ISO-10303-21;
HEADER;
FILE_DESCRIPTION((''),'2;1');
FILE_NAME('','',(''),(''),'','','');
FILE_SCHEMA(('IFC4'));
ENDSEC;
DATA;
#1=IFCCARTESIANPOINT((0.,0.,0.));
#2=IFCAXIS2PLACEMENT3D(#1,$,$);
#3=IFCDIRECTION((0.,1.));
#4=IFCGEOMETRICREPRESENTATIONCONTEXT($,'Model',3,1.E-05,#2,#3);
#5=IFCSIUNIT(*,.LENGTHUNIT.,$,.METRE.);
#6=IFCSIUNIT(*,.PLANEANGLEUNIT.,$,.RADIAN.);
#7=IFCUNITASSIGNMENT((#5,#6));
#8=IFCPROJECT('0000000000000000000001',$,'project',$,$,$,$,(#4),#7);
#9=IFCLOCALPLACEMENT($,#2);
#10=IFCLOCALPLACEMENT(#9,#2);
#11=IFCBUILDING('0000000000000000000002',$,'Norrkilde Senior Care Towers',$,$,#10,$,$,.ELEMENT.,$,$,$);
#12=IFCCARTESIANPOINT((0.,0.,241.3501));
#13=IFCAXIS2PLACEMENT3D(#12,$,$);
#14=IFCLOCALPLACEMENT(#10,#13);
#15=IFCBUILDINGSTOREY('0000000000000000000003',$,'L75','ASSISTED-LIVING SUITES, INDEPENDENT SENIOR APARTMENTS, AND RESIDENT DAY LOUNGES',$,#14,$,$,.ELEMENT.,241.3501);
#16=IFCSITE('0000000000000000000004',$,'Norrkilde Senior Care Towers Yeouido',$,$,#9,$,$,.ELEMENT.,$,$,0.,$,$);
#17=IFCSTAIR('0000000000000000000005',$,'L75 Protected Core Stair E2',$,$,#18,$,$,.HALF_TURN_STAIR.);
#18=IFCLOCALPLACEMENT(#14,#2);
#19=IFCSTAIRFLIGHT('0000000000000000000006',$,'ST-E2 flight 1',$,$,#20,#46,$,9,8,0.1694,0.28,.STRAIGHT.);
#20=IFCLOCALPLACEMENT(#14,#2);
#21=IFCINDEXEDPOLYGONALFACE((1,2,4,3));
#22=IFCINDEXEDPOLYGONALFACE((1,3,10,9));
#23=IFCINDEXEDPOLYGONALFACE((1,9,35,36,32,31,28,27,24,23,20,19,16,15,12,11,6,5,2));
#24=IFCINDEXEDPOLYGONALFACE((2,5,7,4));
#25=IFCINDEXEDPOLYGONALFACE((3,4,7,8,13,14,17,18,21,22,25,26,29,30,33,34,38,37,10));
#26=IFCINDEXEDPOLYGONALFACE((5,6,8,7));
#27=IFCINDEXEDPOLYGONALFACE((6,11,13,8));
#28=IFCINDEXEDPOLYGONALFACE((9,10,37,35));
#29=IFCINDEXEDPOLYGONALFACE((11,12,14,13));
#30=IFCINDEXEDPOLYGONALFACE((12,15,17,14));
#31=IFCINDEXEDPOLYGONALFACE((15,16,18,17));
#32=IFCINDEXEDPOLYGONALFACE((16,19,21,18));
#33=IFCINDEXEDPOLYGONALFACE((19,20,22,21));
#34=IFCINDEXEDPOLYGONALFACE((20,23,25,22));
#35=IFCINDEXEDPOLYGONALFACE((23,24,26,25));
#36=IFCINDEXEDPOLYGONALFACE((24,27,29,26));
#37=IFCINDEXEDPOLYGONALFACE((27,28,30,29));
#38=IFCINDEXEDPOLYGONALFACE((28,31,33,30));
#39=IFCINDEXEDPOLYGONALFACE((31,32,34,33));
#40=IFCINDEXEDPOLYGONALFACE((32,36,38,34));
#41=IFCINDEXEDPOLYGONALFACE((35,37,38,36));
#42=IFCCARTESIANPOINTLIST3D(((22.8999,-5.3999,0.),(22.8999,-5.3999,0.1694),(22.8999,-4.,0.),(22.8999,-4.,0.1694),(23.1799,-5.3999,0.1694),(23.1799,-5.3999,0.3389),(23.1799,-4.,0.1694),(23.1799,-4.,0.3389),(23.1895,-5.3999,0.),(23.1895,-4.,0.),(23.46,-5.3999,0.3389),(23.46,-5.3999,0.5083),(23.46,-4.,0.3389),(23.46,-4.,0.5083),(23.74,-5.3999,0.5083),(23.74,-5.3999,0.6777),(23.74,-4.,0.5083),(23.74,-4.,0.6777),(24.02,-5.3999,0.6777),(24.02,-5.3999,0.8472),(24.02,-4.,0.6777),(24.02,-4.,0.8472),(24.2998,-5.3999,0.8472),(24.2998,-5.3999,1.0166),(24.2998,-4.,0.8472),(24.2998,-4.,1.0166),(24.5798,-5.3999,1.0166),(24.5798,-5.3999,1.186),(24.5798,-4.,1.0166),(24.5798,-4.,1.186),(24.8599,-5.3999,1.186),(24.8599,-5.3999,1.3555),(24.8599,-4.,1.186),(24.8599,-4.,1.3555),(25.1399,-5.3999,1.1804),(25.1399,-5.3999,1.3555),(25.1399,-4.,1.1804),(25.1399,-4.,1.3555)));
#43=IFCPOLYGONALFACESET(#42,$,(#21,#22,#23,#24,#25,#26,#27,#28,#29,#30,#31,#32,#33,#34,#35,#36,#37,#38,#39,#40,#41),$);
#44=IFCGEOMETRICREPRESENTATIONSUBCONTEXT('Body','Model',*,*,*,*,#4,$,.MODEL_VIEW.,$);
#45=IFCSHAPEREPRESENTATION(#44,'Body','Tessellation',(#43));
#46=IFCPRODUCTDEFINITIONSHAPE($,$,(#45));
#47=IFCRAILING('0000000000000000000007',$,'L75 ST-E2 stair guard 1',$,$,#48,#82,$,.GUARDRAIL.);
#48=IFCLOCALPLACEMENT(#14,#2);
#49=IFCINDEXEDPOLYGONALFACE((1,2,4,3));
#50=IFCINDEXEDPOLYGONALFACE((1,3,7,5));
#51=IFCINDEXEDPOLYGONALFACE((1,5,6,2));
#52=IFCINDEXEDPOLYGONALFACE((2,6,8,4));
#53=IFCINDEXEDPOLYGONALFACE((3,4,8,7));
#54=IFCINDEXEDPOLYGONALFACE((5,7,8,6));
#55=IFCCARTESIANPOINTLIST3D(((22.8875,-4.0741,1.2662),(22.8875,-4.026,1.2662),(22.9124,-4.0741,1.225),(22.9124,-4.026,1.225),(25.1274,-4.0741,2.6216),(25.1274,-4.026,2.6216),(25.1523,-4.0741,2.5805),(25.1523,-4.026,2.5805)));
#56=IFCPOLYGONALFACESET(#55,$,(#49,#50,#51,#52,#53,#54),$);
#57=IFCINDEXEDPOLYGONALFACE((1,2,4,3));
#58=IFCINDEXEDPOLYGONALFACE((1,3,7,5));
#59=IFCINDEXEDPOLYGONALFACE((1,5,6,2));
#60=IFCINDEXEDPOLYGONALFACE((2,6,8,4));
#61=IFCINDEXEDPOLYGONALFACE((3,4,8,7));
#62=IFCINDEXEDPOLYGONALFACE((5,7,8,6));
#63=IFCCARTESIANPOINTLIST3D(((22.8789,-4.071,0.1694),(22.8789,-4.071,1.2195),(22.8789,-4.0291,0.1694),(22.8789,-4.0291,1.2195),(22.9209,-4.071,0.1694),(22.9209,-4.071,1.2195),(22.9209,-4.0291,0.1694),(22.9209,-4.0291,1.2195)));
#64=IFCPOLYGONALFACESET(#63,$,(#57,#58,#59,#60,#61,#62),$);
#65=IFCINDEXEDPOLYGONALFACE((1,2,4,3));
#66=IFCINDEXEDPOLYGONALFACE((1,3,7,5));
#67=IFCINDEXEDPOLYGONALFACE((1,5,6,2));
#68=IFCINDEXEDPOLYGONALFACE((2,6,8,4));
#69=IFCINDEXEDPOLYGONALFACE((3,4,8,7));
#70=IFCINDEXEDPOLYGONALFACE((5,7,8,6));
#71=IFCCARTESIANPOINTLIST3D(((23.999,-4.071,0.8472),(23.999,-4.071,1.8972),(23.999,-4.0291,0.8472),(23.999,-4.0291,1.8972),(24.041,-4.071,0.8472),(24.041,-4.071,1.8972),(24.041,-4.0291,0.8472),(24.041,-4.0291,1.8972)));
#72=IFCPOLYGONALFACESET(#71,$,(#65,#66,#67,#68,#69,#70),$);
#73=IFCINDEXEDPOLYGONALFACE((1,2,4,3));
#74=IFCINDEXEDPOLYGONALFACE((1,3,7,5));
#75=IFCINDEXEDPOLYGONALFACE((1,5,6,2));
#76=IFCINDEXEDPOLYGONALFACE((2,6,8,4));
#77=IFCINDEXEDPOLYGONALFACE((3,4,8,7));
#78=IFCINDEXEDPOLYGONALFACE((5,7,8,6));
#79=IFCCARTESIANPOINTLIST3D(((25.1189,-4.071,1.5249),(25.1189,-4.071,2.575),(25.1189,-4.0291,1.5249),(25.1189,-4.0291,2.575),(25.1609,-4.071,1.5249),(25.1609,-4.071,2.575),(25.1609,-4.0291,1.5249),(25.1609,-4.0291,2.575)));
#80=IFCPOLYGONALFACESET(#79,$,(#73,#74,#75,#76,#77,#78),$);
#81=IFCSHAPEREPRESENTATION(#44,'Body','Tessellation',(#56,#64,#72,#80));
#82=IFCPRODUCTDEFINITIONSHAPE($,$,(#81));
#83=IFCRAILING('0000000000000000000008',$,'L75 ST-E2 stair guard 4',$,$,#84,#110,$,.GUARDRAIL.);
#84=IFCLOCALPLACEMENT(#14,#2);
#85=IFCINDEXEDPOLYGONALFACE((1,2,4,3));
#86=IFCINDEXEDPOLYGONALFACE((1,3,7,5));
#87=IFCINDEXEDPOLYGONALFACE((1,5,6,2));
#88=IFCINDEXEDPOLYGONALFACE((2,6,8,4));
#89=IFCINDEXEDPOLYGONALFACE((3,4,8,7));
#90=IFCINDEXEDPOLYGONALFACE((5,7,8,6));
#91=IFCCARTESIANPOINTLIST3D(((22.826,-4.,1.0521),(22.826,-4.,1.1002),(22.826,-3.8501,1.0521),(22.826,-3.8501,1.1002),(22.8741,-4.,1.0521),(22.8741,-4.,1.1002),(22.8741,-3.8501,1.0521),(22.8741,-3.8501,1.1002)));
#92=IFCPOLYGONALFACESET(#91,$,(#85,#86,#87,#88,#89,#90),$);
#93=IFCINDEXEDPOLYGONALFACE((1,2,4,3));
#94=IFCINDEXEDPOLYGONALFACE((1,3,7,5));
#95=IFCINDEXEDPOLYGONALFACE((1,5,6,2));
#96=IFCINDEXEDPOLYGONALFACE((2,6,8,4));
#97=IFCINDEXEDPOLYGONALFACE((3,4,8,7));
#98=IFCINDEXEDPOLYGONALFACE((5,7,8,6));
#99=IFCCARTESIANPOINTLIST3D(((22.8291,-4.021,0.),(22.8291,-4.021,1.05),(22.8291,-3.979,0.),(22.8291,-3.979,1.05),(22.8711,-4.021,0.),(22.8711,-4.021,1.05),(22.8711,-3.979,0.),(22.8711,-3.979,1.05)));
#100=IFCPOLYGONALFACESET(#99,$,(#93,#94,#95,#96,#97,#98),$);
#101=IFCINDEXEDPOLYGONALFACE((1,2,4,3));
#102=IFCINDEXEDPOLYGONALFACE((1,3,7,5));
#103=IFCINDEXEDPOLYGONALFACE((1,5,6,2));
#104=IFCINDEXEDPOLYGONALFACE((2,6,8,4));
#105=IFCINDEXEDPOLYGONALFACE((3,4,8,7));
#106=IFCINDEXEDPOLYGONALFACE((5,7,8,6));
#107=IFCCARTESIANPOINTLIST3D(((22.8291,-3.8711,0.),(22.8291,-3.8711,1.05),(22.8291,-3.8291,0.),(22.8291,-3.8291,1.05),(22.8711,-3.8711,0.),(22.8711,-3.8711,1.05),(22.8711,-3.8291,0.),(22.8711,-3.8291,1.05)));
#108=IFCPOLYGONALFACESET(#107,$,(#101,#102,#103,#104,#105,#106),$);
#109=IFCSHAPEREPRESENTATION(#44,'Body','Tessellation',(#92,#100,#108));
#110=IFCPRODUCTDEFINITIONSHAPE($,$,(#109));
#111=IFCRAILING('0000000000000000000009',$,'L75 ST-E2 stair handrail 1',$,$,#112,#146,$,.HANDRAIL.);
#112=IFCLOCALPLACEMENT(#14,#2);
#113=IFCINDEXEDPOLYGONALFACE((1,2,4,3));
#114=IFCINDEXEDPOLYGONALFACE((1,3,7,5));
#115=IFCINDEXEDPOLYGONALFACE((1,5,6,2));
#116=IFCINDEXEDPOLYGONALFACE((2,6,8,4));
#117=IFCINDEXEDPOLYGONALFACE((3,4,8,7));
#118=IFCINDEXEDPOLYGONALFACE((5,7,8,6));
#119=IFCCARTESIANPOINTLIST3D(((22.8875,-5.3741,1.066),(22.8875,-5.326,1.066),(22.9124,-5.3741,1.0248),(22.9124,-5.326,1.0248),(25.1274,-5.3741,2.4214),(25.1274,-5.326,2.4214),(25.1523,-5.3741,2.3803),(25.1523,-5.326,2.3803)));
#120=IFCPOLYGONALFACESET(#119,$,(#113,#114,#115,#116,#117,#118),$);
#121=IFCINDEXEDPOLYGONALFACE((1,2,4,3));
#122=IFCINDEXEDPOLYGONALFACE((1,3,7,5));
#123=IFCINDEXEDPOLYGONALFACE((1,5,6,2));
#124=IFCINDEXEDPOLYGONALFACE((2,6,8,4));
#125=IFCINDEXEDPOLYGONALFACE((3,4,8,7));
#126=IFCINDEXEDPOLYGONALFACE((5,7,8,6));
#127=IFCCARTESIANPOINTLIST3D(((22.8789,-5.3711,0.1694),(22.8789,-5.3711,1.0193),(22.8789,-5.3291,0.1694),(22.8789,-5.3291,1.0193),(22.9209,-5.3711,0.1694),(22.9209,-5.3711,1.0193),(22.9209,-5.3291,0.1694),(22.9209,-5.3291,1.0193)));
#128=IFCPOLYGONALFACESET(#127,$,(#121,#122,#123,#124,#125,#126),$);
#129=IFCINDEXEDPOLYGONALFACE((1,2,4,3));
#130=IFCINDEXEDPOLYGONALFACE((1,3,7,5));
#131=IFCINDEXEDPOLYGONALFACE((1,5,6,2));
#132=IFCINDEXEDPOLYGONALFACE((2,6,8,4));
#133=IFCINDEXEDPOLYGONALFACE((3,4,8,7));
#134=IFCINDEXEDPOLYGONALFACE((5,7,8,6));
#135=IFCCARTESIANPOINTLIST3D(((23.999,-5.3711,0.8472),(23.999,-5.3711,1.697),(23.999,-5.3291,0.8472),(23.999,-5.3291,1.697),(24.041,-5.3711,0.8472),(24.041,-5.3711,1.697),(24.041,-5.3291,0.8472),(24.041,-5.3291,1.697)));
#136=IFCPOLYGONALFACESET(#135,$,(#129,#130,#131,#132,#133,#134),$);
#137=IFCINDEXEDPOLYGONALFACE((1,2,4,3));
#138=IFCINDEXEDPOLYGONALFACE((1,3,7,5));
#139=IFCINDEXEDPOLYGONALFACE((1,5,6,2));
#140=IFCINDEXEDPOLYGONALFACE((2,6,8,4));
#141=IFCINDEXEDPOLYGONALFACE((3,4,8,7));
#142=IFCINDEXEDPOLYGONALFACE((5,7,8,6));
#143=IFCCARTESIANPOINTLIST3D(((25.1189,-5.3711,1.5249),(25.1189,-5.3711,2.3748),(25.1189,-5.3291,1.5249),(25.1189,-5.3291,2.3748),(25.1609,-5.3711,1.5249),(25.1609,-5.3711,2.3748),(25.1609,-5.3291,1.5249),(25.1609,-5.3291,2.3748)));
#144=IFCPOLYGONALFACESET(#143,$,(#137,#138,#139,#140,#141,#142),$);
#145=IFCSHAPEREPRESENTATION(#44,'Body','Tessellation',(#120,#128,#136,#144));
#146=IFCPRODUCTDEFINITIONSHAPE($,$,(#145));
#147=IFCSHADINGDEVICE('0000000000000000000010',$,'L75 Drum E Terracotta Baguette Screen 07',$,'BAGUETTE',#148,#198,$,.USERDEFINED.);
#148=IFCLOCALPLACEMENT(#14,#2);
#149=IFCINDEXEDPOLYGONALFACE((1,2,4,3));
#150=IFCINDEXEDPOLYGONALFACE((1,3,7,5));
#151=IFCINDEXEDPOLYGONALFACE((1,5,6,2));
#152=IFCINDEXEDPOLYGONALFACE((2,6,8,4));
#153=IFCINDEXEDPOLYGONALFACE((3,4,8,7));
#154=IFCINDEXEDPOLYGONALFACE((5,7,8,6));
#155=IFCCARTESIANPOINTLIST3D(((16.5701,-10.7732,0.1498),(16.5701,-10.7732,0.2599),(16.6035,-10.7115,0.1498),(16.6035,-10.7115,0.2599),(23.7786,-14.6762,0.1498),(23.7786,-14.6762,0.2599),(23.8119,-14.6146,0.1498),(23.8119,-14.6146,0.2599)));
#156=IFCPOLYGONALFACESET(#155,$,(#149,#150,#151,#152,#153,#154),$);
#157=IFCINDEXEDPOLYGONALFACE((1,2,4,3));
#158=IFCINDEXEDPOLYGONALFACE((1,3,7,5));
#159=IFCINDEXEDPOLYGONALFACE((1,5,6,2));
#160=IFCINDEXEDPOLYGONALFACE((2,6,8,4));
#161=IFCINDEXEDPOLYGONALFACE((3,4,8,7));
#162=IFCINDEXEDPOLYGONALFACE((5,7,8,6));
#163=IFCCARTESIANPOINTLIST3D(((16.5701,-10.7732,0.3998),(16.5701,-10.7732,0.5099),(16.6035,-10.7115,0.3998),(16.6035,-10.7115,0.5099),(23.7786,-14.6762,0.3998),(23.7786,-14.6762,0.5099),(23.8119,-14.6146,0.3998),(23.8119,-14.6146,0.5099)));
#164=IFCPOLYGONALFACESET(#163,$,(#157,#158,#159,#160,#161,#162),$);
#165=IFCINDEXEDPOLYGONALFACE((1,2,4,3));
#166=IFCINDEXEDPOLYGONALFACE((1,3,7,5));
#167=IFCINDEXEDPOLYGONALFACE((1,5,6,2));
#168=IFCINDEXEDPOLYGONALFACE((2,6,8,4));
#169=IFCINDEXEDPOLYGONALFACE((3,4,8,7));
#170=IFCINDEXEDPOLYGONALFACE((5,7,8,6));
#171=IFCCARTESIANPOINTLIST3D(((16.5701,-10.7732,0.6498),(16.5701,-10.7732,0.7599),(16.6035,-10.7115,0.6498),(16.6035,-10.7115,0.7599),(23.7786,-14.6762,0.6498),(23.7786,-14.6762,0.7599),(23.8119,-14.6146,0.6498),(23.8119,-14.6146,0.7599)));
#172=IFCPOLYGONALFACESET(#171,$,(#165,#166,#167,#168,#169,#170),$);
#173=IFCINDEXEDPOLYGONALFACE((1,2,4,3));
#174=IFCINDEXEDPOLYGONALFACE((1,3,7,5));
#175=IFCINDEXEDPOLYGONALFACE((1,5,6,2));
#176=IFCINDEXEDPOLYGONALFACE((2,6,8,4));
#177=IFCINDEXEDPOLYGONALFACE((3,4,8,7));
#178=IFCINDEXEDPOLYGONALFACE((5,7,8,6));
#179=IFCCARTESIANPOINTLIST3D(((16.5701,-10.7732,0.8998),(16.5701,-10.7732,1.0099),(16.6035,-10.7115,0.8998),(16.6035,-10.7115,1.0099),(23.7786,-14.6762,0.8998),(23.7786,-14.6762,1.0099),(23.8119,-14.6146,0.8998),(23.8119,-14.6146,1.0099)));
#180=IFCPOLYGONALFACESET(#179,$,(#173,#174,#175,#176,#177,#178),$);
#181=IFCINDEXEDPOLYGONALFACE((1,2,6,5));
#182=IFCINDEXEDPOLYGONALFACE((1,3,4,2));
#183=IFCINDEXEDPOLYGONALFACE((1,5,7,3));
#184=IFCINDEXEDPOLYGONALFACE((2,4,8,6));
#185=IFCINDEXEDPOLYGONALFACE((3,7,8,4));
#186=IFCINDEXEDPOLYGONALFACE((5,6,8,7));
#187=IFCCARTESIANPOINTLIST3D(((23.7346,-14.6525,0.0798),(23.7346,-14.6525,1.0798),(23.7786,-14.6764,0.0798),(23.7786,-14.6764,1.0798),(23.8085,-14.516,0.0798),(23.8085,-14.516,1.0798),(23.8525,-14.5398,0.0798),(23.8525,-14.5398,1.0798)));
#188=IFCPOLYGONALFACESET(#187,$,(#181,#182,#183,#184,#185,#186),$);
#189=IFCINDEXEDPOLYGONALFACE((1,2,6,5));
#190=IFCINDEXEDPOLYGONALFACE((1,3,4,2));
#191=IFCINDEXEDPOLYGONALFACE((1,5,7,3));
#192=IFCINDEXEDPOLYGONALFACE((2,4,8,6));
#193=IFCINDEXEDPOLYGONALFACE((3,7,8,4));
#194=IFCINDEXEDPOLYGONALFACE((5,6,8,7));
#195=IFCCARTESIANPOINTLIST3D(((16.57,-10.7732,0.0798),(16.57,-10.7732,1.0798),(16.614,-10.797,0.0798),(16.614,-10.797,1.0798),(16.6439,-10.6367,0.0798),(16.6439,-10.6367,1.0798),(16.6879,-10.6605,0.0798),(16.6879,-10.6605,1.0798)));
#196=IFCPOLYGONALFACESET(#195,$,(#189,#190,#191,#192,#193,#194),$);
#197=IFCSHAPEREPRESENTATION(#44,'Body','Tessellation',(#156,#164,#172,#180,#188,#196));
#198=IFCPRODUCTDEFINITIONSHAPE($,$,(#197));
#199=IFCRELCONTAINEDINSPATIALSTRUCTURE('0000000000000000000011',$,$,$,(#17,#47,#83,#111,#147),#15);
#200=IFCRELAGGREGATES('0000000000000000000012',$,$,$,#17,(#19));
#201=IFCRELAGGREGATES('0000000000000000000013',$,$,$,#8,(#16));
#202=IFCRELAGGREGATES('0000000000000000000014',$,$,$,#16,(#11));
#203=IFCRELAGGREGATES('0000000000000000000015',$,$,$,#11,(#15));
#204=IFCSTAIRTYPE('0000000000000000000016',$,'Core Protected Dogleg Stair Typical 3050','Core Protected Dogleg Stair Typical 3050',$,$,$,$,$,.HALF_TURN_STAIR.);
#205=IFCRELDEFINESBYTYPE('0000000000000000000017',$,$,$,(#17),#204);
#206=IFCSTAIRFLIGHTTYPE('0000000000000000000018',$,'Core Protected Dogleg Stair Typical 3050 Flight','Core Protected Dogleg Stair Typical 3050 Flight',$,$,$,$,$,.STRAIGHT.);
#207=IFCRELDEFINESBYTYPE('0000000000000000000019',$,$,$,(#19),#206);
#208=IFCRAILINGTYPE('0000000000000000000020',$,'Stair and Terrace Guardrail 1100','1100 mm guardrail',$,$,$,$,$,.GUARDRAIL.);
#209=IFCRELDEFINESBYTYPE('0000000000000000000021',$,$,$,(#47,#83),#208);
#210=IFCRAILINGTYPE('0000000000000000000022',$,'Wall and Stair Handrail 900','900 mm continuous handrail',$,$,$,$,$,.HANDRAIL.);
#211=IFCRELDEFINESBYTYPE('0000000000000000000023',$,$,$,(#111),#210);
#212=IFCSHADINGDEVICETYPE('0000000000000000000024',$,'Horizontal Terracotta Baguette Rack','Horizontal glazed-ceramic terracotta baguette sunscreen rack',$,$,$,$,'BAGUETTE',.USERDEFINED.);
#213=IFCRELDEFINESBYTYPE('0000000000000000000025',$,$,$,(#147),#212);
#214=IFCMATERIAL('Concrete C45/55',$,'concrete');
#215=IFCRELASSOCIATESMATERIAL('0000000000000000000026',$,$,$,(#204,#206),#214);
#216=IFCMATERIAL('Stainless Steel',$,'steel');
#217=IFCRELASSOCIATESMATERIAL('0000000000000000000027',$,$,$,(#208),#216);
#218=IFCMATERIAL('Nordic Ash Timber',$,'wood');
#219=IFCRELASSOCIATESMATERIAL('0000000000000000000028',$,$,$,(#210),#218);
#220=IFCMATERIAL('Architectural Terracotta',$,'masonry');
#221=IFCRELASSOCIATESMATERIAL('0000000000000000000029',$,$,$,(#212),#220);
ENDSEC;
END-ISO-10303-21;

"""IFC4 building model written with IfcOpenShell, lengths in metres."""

from ifc_helpers import new_model, si_unit, direction, frame, origin, origin_2d, place, context, subcontext, project, spatial, polyline, rectangle, outline, extrude, source, transform, mapped, material, type_object, type_shapes, element, aggregate, save


model = new_model("IFC4")

# Units and contexts
model_context = context("Model", 3, precision=1e-05, world=origin(), true_north=direction((0.0, 1.0)))
body_context = subcontext(model_context, "Body", "Model", "MODEL_VIEW")
ifc_project = project(units=[si_unit("LENGTHUNIT", "METRE"), si_unit("PLANEANGLEUNIT", "RADIAN")], contexts=[model_context])

# Site, building, storey
site_placement = place(None, origin())
site = spatial("IfcSite", under=ifc_project, at=site_placement, Name="Norrkilde Senior Care Towers Yeouido", CompositionType="ELEMENT", RefElevation=0.0)
building_placement = place(site_placement, origin())
building = spatial("IfcBuilding", under=site, at=building_placement, Name="Norrkilde Senior Care Towers", CompositionType="ELEMENT")
storey_placement = place(building_placement, frame((0.0, 0.0, 241.3501)))
storey = spatial("IfcBuildingStorey", under=building, at=storey_placement, Name="L75", Description="ASSISTED-LIVING SUITES, INDEPENDENT SENIOR APARTMENTS, AND RESIDENT DAY LOUNGES", CompositionType="ELEMENT", Elevation=241.3501)

# Shared definitions
ifc_material_1 = material(Name="Concrete C45/55", Category="concrete")

# Shared definitions
ifc_material_2 = material(Name="Nordic Ash Timber", Category="wood")

# Stair, stair flight
stair_type = type_object("IfcStairType", Name="Core Protected Dogleg Stair Typical 3050", Description="Core Protected Dogleg Stair Typical 3050", PredefinedType="HALF_TURN_STAIR", material=ifc_material_1)
stair_placement = place(storey_placement, origin())
stair = element("IfcStair", 1, at=stair_placement, inside=storey, type_object=stair_type, Name="L75 Protected Core Stair E2", PredefinedType="HALF_TURN_STAIR")
stair_flight_type = type_object("IfcStairFlightType", Name="Core Protected Dogleg Stair Typical 3050 Flight", Description="Core Protected Dogleg Stair Typical 3050 Flight", PredefinedType="STRAIGHT", material=ifc_material_1)
stair_flight_placement = place(storey_placement, frame((22.8999, -4.7, 0.0), z_axis=(0.0, 0.0, 1.0), x_axis=(1.0, 0.0, 0.0)))
stair_flight = element("IfcStairFlight", 2, at=stair_flight_placement, type_object=stair_flight_type, Name="ST-E2 flight 1", NumberOfRisers=9, NumberOfTreads=8, PredefinedType="STRAIGHT", RiserHeight=0.1694, TreadLength=0.28, context=body_context, shape_type="SweptSolid", body=[
    extrude(outline(polyline([(0.0, 0.0), (0.0, 0.1694), (0.28, 0.1694), (0.28, 0.3389), (0.5601, 0.3389), (0.5601, 0.5083), (0.8401, 0.5083), (0.8401, 0.6777), (1.1201, 0.6777), (1.1201, 0.8472), (1.3999, 0.8472), (1.3999, 1.0166), (1.6799, 1.0166), (1.6799, 1.186), (1.96, 1.186), (1.96, 1.3555), (2.24, 1.3555), (2.24, 1.5249), (2.24, 1.1804), (0.2896, 0.0), (0.0, 0.0)])), frame((0.0, 0.7, 0.0), z_axis=(0.0, -1.0, 0.0), x_axis=(1.0, 0.0, 0.0)), (0.0, 0.0, 1.0), 1.3999),
])
aggregate(stair, [stair_flight])

# Railings
ifc_material_3 = material(Name="Stainless Steel", Category="steel")
railing_type_1 = type_object("IfcRailingType", Name="Stair and Terrace Guardrail 1100", Description="1100 mm guardrail", PredefinedType="GUARDRAIL", material=ifc_material_3)
railing_1_placement = place(storey_placement, frame((22.8999, -4.05, 0.1694)))
element("IfcRailing", 3, at=railing_1_placement, inside=storey, type_object=railing_type_1, Name="L75 ST-E2 stair guard 1", PredefinedType="GUARDRAIL", context=body_context, shape_type="SweptSolid", body=[
    extrude(rectangle(XDim=0.0481, YDim=0.0481, at=origin_2d()), frame((0.0, 0.0, 1.0762), z_axis=(0.855553, 0.0, 0.517715), x_axis=(0.0, 1.0, 0.0)), (0.0, 0.0, 1.0), 2.6182),
    extrude(rectangle(XDim=0.042, YDim=0.042, at=origin_2d()), origin(), (0.0, 0.0, 1.0), 1.05),
    extrude(rectangle(XDim=0.042, YDim=0.042, at=origin_2d()), frame((1.1201, 0.0, 0.6777)), (0.0, 0.0, 1.0), 1.05),
    extrude(rectangle(XDim=0.042, YDim=0.042, at=origin_2d()), frame((2.24, 0.0, 1.3555)), (0.0, 0.0, 1.0), 1.05),
])
railing_2_placement = place(storey_placement, frame((22.8501, -4.0, 0.0)))
element("IfcRailing", 4, at=railing_2_placement, inside=storey, type_object=railing_type_1, Name="L75 ST-E2 stair guard 4", PredefinedType="GUARDRAIL", context=body_context, shape_type="SweptSolid", body=[
    extrude(rectangle(XDim=0.0481, YDim=0.0481, at=origin_2d()), frame((0.0, 0.0, 1.0762), z_axis=(0.0, 1.0, 0.0), x_axis=(-1.0, 0.0, 0.0)), (0.0, 0.0, 1.0), 0.1499),
    extrude(rectangle(XDim=0.042, YDim=0.042, at=origin_2d()), origin(), (0.0, 0.0, 1.0), 1.05),
    extrude(rectangle(XDim=0.042, YDim=0.042, at=origin_2d()), frame((0.0, 0.1499, 0.0)), (0.0, 0.0, 1.0), 1.05),
])
railing_type_2 = type_object("IfcRailingType", Name="Wall and Stair Handrail 900", Description="900 mm continuous handrail", PredefinedType="HANDRAIL", material=ifc_material_2)
railing_3_placement = place(storey_placement, frame((22.8999, -5.3501, 0.1694)))
element("IfcRailing", 5, at=railing_3_placement, inside=storey, type_object=railing_type_2, Name="L75 ST-E2 stair handrail 1", PredefinedType="HANDRAIL", context=body_context, shape_type="SweptSolid", body=[
    extrude(rectangle(XDim=0.0481, YDim=0.0481, at=origin_2d()), frame((0.0, 0.0, 0.876), z_axis=(0.855553, 0.0, 0.517715), x_axis=(0.0, 1.0, 0.0)), (0.0, 0.0, 1.0), 2.6182),
    extrude(rectangle(XDim=0.042, YDim=0.042, at=origin_2d()), origin(), (0.0, 0.0, 1.0), 0.8499),
    extrude(rectangle(XDim=0.042, YDim=0.042, at=origin_2d()), frame((1.1201, 0.0, 0.6777)), (0.0, 0.0, 1.0), 0.8499),
    extrude(rectangle(XDim=0.042, YDim=0.042, at=origin_2d()), frame((2.24, 0.0, 1.3555)), (0.0, 0.0, 1.0), 0.8499),
])

# Shading device
ifc_material_4 = material(Name="Architectural Terracotta", Category="masonry")
shading_device_type = type_object("IfcShadingDeviceType", Name="Horizontal Terracotta Baguette Rack", Description="Horizontal glazed-ceramic terracotta baguette sunscreen rack", ElementType="BAGUETTE", PredefinedType="USERDEFINED", material=ifc_material_4)
shared_shape_1 = source(origin(), body_context, "Body", "SweptSolid", [
    extrude(rectangle(XDim=0.0701, YDim=0.1101, at=origin_2d()), frame((0.0, 0.0901, 0.125), z_axis=(1.0, 0.0, 0.0), x_axis=(0.0, 1.0, 0.0)), (0.0, 0.0, 1.0), 8.1973),
    extrude(rectangle(XDim=0.0701, YDim=0.1101, at=origin_2d()), frame((0.0, 0.0901, 0.375), z_axis=(1.0, 0.0, 0.0), x_axis=(0.0, 1.0, 0.0)), (0.0, 0.0, 1.0), 8.1973),
    extrude(rectangle(XDim=0.0701, YDim=0.1101, at=origin_2d()), frame((0.0, 0.0901, 0.625), z_axis=(1.0, 0.0, 0.0), x_axis=(0.0, 1.0, 0.0)), (0.0, 0.0, 1.0), 8.1973),
    extrude(rectangle(XDim=0.0701, YDim=0.1101, at=origin_2d()), frame((0.0, 0.0901, 0.875), z_axis=(1.0, 0.0, 0.0), x_axis=(0.0, 1.0, 0.0)), (0.0, 0.0, 1.0), 8.1973),
    extrude(rectangle(XDim=0.05, YDim=0.1553, at=origin_2d()), frame((0.0249, 0.0476, 0.0)), (0.0, 0.0, 1.0), 1.0),
    extrude(rectangle(XDim=0.05, YDim=0.1553, at=origin_2d()), frame((8.1724, 0.0476, 0.0)), (0.0, 0.0, 1.0), 1.0),
])
type_shapes(shading_device_type, [shared_shape_1])
shading_device_placement = place(storey_placement, frame((23.8381, -14.5662, 0.0798), z_axis=(0.0, 0.0, 1.0), x_axis=(-0.879378, 0.476144, 0.0)))
element("IfcShadingDevice", 6, at=shading_device_placement, inside=storey, type_object=shading_device_type, Name="L75 Drum E Terracotta Baguette Screen 07", ObjectType="BAGUETTE", PredefinedType="USERDEFINED", context=body_context, shape_type="MappedRepresentation", body=[
    mapped(shared_shape_1, transform((0.0, 0.0, 0.0), x_axis=(1.0, 0.0, 0.0), y_axis=(0.0, 1.0, 0.0), z_axis=(0.0, 0.0, 1.0), scale=1.0)),
])

save(model, "model.ifc")
